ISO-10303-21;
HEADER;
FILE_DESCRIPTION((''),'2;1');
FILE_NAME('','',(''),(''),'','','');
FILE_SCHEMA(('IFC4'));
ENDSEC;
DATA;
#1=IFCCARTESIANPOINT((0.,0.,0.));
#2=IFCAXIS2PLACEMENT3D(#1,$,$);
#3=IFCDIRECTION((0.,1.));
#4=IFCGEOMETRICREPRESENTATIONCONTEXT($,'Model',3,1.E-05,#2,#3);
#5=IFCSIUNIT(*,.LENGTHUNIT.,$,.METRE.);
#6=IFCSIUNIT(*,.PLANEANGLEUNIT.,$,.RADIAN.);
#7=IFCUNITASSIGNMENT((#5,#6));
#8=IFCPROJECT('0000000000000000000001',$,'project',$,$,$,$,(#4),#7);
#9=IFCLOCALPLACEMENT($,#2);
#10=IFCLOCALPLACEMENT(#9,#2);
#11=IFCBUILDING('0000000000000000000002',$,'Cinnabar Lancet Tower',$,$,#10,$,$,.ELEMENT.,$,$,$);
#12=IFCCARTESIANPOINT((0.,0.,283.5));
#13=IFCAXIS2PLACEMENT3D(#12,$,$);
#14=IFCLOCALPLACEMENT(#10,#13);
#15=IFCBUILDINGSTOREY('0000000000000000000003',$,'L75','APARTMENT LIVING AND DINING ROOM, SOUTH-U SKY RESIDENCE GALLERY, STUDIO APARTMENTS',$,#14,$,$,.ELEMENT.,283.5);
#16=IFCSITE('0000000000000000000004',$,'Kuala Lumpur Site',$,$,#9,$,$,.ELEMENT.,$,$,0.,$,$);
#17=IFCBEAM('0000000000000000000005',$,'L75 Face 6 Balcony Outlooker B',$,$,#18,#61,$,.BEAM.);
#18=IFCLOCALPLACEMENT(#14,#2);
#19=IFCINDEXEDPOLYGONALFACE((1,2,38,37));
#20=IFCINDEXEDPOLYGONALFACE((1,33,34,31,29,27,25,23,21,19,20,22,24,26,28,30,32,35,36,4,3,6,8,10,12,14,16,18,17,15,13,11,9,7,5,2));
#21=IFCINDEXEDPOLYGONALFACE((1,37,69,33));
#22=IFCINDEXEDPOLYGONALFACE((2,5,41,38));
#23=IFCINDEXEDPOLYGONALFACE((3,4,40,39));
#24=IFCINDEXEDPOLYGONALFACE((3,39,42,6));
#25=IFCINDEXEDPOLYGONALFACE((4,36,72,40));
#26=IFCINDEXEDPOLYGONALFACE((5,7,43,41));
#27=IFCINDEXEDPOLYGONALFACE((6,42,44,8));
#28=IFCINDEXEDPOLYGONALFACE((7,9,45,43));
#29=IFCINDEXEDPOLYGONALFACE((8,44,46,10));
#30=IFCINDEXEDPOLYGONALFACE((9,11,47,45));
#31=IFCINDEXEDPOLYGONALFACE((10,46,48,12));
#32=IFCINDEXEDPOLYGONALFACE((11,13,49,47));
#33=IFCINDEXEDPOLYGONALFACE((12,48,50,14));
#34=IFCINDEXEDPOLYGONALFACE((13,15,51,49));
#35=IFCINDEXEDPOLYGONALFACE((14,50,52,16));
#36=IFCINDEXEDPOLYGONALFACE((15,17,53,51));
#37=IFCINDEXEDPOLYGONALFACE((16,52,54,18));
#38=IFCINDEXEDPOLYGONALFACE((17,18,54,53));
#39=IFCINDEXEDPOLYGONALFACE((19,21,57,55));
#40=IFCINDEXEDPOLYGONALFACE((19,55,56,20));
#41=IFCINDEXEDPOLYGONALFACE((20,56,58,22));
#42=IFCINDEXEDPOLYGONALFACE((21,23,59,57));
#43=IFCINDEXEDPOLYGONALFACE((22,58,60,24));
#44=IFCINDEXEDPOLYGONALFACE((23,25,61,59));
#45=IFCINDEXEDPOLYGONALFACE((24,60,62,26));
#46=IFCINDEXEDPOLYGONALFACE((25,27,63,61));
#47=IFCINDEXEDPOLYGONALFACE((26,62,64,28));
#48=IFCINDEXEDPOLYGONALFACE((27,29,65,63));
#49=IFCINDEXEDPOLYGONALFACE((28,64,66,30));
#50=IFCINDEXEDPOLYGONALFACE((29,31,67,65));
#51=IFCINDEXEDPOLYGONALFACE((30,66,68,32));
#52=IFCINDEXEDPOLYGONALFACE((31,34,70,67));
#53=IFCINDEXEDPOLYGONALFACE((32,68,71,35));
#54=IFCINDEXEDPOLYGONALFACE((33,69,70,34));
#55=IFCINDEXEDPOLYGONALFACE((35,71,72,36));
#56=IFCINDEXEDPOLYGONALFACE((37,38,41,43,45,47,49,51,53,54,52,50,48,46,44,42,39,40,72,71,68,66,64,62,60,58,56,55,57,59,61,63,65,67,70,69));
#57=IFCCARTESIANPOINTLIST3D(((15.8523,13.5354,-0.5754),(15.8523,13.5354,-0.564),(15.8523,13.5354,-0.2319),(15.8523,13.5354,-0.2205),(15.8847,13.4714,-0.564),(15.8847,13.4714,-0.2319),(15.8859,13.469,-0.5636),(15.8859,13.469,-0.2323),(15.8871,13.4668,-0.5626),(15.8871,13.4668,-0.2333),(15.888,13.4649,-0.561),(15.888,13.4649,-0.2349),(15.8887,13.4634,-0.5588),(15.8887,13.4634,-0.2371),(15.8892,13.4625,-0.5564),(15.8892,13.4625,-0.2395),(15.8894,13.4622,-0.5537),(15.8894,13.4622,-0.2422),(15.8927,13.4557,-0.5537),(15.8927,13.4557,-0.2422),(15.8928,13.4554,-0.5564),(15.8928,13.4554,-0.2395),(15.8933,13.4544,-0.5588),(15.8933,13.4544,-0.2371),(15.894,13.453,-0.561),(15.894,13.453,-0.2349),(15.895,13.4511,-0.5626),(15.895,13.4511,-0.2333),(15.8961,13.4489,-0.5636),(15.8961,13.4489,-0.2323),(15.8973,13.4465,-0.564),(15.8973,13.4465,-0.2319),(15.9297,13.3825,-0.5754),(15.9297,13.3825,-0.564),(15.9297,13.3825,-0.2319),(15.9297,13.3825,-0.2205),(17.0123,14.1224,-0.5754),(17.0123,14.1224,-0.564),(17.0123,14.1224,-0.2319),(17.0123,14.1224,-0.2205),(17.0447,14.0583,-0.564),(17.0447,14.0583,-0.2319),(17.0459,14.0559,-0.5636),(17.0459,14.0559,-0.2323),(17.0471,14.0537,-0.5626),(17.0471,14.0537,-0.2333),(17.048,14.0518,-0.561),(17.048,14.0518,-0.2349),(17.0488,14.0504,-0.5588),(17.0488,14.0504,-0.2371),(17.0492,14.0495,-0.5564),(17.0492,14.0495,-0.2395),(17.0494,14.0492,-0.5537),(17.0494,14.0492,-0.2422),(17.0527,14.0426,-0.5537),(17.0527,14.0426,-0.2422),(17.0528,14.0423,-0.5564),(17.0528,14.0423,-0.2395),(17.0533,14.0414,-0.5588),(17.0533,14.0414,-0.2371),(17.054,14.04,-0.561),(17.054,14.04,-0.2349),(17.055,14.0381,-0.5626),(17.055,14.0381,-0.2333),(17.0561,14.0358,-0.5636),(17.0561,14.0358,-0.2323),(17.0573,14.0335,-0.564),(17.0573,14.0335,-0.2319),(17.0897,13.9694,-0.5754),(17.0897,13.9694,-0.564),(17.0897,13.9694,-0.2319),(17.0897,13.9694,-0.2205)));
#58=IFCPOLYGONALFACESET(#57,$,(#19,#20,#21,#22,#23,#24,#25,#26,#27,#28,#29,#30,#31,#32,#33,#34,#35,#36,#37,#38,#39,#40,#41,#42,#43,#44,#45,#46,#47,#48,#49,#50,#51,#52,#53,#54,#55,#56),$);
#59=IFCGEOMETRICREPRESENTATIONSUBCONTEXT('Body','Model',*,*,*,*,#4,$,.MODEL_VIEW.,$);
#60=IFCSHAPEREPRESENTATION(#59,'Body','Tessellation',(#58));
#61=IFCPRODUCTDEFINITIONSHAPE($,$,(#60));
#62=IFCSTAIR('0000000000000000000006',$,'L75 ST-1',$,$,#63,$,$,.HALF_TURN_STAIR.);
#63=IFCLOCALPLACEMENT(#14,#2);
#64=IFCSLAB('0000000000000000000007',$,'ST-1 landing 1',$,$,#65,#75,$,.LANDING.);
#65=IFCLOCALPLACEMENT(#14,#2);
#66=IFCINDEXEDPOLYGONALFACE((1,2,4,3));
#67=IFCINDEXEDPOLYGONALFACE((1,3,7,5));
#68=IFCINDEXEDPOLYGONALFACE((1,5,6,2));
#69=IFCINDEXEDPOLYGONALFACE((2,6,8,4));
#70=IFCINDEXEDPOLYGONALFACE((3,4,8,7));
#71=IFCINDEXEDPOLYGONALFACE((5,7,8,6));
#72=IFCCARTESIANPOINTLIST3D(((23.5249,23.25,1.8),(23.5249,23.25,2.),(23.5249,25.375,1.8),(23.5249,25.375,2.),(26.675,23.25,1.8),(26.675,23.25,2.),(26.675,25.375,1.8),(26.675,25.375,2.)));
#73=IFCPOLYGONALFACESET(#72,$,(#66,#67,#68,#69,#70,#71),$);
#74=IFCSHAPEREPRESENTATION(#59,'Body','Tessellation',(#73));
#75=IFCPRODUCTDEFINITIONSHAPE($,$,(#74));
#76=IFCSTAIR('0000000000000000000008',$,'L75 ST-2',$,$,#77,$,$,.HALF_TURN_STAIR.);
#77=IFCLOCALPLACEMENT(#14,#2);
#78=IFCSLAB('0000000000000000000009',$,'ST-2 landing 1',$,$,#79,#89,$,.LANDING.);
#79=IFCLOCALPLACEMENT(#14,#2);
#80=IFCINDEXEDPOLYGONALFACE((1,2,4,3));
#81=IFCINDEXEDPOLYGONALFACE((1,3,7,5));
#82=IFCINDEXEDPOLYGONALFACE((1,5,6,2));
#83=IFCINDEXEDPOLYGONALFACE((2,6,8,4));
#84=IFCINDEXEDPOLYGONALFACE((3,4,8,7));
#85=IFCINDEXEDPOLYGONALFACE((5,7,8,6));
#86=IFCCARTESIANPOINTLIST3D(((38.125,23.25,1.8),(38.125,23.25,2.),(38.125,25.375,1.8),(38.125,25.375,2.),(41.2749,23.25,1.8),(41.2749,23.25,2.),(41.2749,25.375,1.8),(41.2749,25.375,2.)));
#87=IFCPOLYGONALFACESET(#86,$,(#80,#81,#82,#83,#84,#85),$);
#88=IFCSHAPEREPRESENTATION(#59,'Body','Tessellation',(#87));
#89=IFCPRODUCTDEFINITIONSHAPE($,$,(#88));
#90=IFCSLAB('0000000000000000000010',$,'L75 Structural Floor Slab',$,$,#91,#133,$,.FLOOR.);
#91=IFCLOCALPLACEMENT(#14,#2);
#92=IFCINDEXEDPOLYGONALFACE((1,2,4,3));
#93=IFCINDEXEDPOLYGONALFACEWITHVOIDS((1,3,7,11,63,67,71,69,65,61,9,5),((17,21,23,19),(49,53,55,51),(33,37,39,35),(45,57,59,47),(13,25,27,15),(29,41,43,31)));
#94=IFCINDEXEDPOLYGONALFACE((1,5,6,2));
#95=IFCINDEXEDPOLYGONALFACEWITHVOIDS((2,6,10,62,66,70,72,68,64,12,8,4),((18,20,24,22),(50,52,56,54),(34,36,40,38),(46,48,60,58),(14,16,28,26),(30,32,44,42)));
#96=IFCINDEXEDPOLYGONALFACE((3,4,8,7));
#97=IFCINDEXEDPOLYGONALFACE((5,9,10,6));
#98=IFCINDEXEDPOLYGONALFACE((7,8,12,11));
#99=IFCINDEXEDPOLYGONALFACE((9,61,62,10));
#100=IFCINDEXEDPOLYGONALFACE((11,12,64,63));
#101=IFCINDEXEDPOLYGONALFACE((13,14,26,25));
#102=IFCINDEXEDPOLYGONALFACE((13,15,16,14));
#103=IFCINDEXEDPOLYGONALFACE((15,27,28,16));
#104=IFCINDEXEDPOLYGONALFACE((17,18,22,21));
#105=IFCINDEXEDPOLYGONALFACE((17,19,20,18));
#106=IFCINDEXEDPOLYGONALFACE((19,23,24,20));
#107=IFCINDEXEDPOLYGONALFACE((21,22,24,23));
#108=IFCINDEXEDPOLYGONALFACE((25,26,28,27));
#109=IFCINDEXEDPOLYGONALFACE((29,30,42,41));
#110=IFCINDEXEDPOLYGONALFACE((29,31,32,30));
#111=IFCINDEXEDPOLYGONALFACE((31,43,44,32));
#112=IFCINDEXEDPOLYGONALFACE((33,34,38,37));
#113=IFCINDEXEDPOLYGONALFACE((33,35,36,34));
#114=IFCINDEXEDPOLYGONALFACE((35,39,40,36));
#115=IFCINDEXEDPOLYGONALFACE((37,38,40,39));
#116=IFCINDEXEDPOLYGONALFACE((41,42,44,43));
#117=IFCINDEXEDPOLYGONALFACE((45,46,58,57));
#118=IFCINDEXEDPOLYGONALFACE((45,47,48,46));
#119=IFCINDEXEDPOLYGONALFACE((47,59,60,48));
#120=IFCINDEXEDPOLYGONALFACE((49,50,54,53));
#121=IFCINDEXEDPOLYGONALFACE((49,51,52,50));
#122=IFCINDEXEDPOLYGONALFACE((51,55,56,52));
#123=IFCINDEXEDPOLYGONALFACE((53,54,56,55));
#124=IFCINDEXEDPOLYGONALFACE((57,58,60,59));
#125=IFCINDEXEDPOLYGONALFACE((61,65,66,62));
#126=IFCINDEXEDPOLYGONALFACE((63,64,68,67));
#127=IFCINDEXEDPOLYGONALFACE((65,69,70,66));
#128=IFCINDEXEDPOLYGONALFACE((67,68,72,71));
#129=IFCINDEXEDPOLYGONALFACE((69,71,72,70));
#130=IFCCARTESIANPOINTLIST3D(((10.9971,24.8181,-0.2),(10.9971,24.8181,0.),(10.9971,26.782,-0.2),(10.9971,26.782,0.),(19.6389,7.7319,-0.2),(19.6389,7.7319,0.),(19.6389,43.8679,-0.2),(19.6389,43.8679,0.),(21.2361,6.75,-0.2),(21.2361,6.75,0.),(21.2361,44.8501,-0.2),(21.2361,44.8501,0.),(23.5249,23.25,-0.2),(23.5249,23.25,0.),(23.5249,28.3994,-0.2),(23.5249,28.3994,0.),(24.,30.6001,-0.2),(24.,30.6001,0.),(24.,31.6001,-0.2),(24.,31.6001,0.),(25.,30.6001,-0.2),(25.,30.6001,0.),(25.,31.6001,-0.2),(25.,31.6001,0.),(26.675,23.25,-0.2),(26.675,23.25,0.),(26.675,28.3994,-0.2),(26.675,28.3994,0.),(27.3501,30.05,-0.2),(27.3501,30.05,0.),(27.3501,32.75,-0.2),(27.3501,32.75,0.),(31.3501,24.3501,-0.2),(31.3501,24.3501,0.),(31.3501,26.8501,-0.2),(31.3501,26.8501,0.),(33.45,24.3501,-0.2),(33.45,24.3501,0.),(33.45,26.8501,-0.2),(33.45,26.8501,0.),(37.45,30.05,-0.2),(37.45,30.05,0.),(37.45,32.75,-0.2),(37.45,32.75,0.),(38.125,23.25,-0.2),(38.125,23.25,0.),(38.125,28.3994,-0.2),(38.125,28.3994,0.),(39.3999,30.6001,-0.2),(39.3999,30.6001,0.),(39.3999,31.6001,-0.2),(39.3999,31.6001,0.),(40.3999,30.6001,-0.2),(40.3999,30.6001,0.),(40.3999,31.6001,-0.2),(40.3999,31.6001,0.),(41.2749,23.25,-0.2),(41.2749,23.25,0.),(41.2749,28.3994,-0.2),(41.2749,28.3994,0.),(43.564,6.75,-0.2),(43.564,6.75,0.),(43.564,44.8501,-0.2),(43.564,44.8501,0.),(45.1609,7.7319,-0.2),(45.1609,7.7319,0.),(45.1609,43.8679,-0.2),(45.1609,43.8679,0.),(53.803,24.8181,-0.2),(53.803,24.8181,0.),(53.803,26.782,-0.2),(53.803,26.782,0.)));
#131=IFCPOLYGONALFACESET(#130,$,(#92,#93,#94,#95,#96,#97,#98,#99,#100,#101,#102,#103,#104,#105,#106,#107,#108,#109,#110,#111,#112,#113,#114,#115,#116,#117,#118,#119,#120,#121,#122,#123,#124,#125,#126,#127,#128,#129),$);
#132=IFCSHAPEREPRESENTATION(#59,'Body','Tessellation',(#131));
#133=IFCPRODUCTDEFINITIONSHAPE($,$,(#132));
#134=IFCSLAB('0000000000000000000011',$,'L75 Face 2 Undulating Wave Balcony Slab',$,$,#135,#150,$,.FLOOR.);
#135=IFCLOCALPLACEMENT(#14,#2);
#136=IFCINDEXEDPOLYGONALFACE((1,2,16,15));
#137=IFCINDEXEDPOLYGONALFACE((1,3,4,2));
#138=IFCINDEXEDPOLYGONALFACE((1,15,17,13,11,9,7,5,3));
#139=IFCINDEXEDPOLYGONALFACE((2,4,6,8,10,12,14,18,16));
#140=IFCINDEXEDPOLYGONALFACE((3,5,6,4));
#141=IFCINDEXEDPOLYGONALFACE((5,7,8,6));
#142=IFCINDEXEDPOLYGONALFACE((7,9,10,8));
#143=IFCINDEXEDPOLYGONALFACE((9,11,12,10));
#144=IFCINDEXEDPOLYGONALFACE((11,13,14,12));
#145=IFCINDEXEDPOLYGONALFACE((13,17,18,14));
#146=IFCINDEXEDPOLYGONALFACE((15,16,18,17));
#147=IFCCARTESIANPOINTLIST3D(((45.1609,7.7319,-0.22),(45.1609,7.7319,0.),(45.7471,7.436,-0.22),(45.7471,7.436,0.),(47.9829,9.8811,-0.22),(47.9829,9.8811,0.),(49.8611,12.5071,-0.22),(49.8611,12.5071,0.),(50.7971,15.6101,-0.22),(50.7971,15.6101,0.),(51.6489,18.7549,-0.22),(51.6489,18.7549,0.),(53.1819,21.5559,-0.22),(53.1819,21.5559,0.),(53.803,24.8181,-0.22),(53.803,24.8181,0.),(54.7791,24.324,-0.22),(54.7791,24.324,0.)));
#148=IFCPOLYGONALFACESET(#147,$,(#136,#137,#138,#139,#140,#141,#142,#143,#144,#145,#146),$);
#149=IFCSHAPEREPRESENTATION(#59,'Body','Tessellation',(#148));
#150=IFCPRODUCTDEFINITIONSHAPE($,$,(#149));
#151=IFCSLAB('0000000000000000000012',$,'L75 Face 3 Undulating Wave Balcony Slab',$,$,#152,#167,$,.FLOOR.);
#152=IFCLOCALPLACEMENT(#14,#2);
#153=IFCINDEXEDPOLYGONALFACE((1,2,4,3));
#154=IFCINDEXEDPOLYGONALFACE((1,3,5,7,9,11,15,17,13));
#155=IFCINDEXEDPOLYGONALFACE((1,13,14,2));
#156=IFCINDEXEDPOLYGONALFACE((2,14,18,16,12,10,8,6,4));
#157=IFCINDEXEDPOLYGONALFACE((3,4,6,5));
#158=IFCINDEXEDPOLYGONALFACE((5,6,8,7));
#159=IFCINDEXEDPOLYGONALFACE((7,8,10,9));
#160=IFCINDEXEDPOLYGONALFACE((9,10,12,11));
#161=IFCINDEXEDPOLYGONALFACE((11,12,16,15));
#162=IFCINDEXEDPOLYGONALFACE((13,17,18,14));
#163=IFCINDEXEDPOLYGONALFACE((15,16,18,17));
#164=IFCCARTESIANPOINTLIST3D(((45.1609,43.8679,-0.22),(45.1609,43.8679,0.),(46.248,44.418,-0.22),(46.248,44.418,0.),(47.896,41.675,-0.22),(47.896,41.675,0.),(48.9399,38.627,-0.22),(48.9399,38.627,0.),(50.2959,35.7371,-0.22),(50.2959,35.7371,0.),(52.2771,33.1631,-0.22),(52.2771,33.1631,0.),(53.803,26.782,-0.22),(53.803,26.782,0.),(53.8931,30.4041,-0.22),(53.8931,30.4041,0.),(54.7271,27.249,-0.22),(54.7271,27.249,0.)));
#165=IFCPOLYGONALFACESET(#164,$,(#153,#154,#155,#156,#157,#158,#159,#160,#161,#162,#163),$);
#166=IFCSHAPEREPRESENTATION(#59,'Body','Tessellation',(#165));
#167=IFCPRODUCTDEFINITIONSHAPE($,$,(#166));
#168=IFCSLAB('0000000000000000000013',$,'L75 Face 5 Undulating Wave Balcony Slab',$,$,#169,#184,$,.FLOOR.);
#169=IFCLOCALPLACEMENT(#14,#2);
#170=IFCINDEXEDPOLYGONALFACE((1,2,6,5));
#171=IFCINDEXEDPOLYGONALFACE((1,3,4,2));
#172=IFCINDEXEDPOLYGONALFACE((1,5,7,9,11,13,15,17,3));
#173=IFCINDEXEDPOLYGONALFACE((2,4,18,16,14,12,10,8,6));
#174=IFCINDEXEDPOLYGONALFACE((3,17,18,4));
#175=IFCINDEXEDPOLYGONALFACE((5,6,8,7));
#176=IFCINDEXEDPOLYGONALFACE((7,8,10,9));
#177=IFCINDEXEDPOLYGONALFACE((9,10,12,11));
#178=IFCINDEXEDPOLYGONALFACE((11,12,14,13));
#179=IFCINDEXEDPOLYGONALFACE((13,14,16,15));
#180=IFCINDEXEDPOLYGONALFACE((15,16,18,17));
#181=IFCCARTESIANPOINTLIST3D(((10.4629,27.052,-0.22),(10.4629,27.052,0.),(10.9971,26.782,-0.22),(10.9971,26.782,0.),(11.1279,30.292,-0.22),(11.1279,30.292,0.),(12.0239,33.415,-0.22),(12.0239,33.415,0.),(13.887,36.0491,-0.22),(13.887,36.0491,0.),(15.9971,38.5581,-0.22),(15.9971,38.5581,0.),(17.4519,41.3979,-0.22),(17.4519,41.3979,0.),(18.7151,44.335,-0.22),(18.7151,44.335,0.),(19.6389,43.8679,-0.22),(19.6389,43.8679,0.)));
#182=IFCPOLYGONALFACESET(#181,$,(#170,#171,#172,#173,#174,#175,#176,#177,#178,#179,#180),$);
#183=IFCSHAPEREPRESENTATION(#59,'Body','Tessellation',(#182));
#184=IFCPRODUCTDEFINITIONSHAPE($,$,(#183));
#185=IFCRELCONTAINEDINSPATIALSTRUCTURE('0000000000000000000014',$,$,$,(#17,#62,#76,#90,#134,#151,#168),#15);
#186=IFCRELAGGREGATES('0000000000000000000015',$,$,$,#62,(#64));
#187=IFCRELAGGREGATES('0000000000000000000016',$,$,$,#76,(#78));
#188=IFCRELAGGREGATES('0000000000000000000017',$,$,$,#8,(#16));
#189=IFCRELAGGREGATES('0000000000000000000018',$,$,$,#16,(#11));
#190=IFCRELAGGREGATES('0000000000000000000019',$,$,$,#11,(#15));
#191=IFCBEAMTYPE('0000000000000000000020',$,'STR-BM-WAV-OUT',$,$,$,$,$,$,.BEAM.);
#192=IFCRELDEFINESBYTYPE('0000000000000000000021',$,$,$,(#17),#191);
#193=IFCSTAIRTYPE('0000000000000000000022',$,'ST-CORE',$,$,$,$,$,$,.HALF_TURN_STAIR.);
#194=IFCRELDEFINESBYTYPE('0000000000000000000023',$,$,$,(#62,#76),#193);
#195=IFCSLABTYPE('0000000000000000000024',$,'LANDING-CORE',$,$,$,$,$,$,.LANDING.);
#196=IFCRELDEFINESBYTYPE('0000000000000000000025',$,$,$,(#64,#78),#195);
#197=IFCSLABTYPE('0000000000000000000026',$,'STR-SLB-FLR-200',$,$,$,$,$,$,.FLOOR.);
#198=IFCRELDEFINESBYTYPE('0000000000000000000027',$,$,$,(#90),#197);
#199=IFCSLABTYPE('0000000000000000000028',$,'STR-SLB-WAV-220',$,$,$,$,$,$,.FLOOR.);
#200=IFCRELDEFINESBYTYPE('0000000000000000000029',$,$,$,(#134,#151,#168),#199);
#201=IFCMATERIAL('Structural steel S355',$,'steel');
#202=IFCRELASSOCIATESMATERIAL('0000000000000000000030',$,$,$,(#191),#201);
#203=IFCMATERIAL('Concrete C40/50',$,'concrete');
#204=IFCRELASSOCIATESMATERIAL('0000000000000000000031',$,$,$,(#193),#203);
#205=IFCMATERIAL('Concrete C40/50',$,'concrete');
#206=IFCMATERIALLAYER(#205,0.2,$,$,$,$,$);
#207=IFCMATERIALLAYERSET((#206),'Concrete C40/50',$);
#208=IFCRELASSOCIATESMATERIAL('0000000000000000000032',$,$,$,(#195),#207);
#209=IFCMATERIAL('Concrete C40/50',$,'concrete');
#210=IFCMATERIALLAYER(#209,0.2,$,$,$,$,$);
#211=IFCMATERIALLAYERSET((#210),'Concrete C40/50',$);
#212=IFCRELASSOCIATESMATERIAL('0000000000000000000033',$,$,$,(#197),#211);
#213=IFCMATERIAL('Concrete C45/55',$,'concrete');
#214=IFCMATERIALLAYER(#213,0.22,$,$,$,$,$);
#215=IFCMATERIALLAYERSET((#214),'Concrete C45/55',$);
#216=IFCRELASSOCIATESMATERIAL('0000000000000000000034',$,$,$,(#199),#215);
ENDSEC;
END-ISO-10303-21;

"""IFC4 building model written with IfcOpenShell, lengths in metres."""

from ifc_helpers import new_model, si_unit, direction, frame, origin, origin_2d, place, context, subcontext, project, spatial, polyline, i_section, outline, extrude, material, layer, layer_set, material_profile, profile_set, type_object, element, aggregate, save


model = new_model("IFC4")

# Units and contexts
model_context = context("Model", 3, precision=1e-05, world=origin(), true_north=direction((0.0, 1.0)))
body_context = subcontext(model_context, "Body", "Model", "MODEL_VIEW")
ifc_project = project(units=[si_unit("LENGTHUNIT", "METRE"), si_unit("PLANEANGLEUNIT", "RADIAN")], contexts=[model_context])

# Site, building, storey
site_placement = place(None, origin())
site = spatial("IfcSite", under=ifc_project, at=site_placement, Name="Kuala Lumpur Site", CompositionType="ELEMENT", RefElevation=0.0)
building_placement = place(site_placement, origin())
building = spatial("IfcBuilding", under=site, at=building_placement, Name="Cinnabar Lancet Tower", CompositionType="ELEMENT")
storey_placement = place(building_placement, frame((0.0, 0.0, 283.5)))
storey = spatial("IfcBuildingStorey", under=building, at=storey_placement, Name="L75", Description="APARTMENT LIVING AND DINING ROOM, SOUTH-U SKY RESIDENCE GALLERY, STUDIO APARTMENTS", CompositionType="ELEMENT", Elevation=283.5)

# Beam
ifc_material_1 = material(Name="Structural steel S355", Category="steel")
ifc_material_profile_1 = material_profile(ifc_material_1, i_section(OverallWidth=0.1714, OverallDepth=0.355, WebThickness=0.0073, FlangeThickness=0.0115, FilletRadius=0.0103, at=origin_2d()), Name="UKB 356x171x51")
ifc_profile_set_1 = profile_set([ifc_material_profile_1], Name="Structural steel S355")
beam_type_1 = type_object("IfcBeamType", Name="STR-BM-WAV-OUT", PredefinedType="BEAM", material=ifc_profile_set_1)
beam_1_placement = place(storey_placement, frame((17.051, 14.0459, -0.3979), z_axis=(-0.892276, -0.45149, 0.0), x_axis=(0.45149, -0.892276, 0.0)))
element("IfcBeam", 1, at=beam_1_placement, inside=storey, type_object=beam_type_1, Name="L75 Face 6 Balcony Outlooker B", PredefinedType="BEAM", context=body_context, shape_type="SweptSolid", body=[
    extrude(i_section(OverallWidth=0.1714, OverallDepth=0.355, WebThickness=0.0073, FlangeThickness=0.0115, FilletRadius=0.0103, at=origin_2d()), origin(), (0.0, 0.0, 1.0), 1.3),
])

# Stairs, slabs
ifc_material_2 = material(Name="Concrete C40/50", Category="concrete")
stair_type = type_object("IfcStairType", Name="ST-CORE", PredefinedType="HALF_TURN_STAIR", material=ifc_material_2)
stair_1_placement = place(storey_placement, origin())
stair_1 = element("IfcStair", 2, at=stair_1_placement, inside=storey, type_object=stair_type, Name="L75 ST-1", PredefinedType="HALF_TURN_STAIR")
ifc_material_3 = material(Name="Concrete C40/50", Category="concrete")
ifc_layer_1 = layer(ifc_material_3, 0.2)
ifc_layer_set_1 = layer_set([ifc_layer_1], Name="Concrete C40/50")
slab_type_1 = type_object("IfcSlabType", Name="LANDING-CORE", PredefinedType="LANDING", material=ifc_layer_set_1)
slab_1_placement = place(storey_placement, frame((0.0, 0.0, 1.8)))
slab_1 = element("IfcSlab", 3, at=slab_1_placement, type_object=slab_type_1, Name="ST-1 landing 1", PredefinedType="LANDING", context=body_context, shape_type="SweptSolid", body=[
    extrude(outline(polyline([(23.5249, 25.375), (23.5249, 23.25), (26.675, 23.25), (26.675, 25.375), (23.5249, 25.375)])), origin(), (0.0, 0.0, 1.0), 0.2),
])
aggregate(stair_1, [slab_1])
stair_2_placement = place(storey_placement, origin())
stair_2 = element("IfcStair", 4, at=stair_2_placement, inside=storey, type_object=stair_type, Name="L75 ST-2", PredefinedType="HALF_TURN_STAIR")
slab_2_placement = place(storey_placement, frame((0.0, 0.0, 1.8)))
slab_2 = element("IfcSlab", 5, at=slab_2_placement, type_object=slab_type_1, Name="ST-2 landing 1", PredefinedType="LANDING", context=body_context, shape_type="SweptSolid", body=[
    extrude(outline(polyline([(38.125, 25.375), (38.125, 23.25), (41.2749, 23.25), (41.2749, 25.375), (38.125, 25.375)])), origin(), (0.0, 0.0, 1.0), 0.2),
])
aggregate(stair_2, [slab_2])

# Slabs
ifc_material_4 = material(Name="Concrete C40/50", Category="concrete")
ifc_layer_2 = layer(ifc_material_4, 0.2)
ifc_layer_set_2 = layer_set([ifc_layer_2], Name="Concrete C40/50")
slab_type_2 = type_object("IfcSlabType", Name="STR-SLB-FLR-200", PredefinedType="FLOOR", material=ifc_layer_set_2)
slab_3_placement = place(storey_placement, frame((0.0, 0.0, -0.2)))
element("IfcSlab", 6, at=slab_3_placement, inside=storey, type_object=slab_type_2, Name="L75 Structural Floor Slab", PredefinedType="FLOOR", context=body_context, shape_type="SweptSolid", body=[
    extrude(outline(polyline([(19.6389, 7.7319), (21.2361, 6.75), (43.564, 6.75), (45.1609, 7.7319), (53.803, 24.8181), (53.803, 26.782), (45.1609, 43.8679), (43.564, 44.8501), (21.2361, 44.8501), (19.6389, 43.8679), (10.9971, 26.782), (10.9971, 24.8181), (19.6389, 7.7319)]), holes=[polyline([(23.5249, 23.25), (26.675, 23.25), (26.675, 28.3994), (23.5249, 28.3994), (23.5249, 23.25)]), polyline([(38.125, 23.25), (41.2749, 23.25), (41.2749, 28.3994), (38.125, 28.3994), (38.125, 23.25)]), polyline([(27.3501, 30.05), (37.45, 30.05), (37.45, 32.75), (27.3501, 32.75), (27.3501, 30.05)]), polyline([(31.3501, 24.3501), (33.45, 24.3501), (33.45, 26.8501), (31.3501, 26.8501), (31.3501, 24.3501)]), polyline([(24.0, 30.6001), (25.0, 30.6001), (25.0, 31.6001), (24.0, 31.6001), (24.0, 30.6001)]), polyline([(39.3999, 30.6001), (40.3999, 30.6001), (40.3999, 31.6001), (39.3999, 31.6001), (39.3999, 30.6001)])]), origin(), (0.0, 0.0, 1.0), 0.2),
])
ifc_material_5 = material(Name="Concrete C45/55", Category="concrete")
ifc_layer_3 = layer(ifc_material_5, 0.22)
ifc_layer_set_3 = layer_set([ifc_layer_3], Name="Concrete C45/55")
slab_type_3 = type_object("IfcSlabType", Name="STR-SLB-WAV-220", PredefinedType="FLOOR", material=ifc_layer_set_3)
slab_4_placement = place(storey_placement, frame((0.0, 0.0, -0.22)))
element("IfcSlab", 7, at=slab_4_placement, inside=storey, type_object=slab_type_3, Name="L75 Face 2 Undulating Wave Balcony Slab", PredefinedType="FLOOR", context=body_context, shape_type="SweptSolid", body=[
    extrude(outline(polyline([(45.1609, 7.7319), (45.7471, 7.436), (47.9829, 9.8811), (49.8611, 12.5071), (50.7971, 15.6101), (51.6489, 18.7549), (53.1819, 21.5559), (54.7791, 24.324), (53.803, 24.8181), (45.1609, 7.7319)])), origin(), (0.0, 0.0, 1.0), 0.22),
])
slab_5_placement = place(storey_placement, frame((0.0, 0.0, -0.22)))
element("IfcSlab", 8, at=slab_5_placement, inside=storey, type_object=slab_type_3, Name="L75 Face 3 Undulating Wave Balcony Slab", PredefinedType="FLOOR", context=body_context, shape_type="SweptSolid", body=[
    extrude(outline(polyline([(53.803, 26.782), (54.7271, 27.249), (53.8931, 30.4041), (52.2771, 33.1631), (50.2959, 35.7371), (48.9399, 38.627), (47.896, 41.675), (46.248, 44.418), (45.1609, 43.8679), (53.803, 26.782)])), origin(), (0.0, 0.0, 1.0), 0.22),
])
slab_6_placement = place(storey_placement, frame((0.0, 0.0, -0.22)))
element("IfcSlab", 9, at=slab_6_placement, inside=storey, type_object=slab_type_3, Name="L75 Face 5 Undulating Wave Balcony Slab", PredefinedType="FLOOR", context=body_context, shape_type="SweptSolid", body=[
    extrude(outline(polyline([(19.6389, 43.8679), (18.7151, 44.335), (17.4519, 41.3979), (15.9971, 38.5581), (13.887, 36.0491), (12.0239, 33.415), (11.1279, 30.292), (10.4629, 27.052), (10.9971, 26.782), (19.6389, 43.8679)])), origin(), (0.0, 0.0, 1.0), 0.22),
])

save(model, "model.ifc")
